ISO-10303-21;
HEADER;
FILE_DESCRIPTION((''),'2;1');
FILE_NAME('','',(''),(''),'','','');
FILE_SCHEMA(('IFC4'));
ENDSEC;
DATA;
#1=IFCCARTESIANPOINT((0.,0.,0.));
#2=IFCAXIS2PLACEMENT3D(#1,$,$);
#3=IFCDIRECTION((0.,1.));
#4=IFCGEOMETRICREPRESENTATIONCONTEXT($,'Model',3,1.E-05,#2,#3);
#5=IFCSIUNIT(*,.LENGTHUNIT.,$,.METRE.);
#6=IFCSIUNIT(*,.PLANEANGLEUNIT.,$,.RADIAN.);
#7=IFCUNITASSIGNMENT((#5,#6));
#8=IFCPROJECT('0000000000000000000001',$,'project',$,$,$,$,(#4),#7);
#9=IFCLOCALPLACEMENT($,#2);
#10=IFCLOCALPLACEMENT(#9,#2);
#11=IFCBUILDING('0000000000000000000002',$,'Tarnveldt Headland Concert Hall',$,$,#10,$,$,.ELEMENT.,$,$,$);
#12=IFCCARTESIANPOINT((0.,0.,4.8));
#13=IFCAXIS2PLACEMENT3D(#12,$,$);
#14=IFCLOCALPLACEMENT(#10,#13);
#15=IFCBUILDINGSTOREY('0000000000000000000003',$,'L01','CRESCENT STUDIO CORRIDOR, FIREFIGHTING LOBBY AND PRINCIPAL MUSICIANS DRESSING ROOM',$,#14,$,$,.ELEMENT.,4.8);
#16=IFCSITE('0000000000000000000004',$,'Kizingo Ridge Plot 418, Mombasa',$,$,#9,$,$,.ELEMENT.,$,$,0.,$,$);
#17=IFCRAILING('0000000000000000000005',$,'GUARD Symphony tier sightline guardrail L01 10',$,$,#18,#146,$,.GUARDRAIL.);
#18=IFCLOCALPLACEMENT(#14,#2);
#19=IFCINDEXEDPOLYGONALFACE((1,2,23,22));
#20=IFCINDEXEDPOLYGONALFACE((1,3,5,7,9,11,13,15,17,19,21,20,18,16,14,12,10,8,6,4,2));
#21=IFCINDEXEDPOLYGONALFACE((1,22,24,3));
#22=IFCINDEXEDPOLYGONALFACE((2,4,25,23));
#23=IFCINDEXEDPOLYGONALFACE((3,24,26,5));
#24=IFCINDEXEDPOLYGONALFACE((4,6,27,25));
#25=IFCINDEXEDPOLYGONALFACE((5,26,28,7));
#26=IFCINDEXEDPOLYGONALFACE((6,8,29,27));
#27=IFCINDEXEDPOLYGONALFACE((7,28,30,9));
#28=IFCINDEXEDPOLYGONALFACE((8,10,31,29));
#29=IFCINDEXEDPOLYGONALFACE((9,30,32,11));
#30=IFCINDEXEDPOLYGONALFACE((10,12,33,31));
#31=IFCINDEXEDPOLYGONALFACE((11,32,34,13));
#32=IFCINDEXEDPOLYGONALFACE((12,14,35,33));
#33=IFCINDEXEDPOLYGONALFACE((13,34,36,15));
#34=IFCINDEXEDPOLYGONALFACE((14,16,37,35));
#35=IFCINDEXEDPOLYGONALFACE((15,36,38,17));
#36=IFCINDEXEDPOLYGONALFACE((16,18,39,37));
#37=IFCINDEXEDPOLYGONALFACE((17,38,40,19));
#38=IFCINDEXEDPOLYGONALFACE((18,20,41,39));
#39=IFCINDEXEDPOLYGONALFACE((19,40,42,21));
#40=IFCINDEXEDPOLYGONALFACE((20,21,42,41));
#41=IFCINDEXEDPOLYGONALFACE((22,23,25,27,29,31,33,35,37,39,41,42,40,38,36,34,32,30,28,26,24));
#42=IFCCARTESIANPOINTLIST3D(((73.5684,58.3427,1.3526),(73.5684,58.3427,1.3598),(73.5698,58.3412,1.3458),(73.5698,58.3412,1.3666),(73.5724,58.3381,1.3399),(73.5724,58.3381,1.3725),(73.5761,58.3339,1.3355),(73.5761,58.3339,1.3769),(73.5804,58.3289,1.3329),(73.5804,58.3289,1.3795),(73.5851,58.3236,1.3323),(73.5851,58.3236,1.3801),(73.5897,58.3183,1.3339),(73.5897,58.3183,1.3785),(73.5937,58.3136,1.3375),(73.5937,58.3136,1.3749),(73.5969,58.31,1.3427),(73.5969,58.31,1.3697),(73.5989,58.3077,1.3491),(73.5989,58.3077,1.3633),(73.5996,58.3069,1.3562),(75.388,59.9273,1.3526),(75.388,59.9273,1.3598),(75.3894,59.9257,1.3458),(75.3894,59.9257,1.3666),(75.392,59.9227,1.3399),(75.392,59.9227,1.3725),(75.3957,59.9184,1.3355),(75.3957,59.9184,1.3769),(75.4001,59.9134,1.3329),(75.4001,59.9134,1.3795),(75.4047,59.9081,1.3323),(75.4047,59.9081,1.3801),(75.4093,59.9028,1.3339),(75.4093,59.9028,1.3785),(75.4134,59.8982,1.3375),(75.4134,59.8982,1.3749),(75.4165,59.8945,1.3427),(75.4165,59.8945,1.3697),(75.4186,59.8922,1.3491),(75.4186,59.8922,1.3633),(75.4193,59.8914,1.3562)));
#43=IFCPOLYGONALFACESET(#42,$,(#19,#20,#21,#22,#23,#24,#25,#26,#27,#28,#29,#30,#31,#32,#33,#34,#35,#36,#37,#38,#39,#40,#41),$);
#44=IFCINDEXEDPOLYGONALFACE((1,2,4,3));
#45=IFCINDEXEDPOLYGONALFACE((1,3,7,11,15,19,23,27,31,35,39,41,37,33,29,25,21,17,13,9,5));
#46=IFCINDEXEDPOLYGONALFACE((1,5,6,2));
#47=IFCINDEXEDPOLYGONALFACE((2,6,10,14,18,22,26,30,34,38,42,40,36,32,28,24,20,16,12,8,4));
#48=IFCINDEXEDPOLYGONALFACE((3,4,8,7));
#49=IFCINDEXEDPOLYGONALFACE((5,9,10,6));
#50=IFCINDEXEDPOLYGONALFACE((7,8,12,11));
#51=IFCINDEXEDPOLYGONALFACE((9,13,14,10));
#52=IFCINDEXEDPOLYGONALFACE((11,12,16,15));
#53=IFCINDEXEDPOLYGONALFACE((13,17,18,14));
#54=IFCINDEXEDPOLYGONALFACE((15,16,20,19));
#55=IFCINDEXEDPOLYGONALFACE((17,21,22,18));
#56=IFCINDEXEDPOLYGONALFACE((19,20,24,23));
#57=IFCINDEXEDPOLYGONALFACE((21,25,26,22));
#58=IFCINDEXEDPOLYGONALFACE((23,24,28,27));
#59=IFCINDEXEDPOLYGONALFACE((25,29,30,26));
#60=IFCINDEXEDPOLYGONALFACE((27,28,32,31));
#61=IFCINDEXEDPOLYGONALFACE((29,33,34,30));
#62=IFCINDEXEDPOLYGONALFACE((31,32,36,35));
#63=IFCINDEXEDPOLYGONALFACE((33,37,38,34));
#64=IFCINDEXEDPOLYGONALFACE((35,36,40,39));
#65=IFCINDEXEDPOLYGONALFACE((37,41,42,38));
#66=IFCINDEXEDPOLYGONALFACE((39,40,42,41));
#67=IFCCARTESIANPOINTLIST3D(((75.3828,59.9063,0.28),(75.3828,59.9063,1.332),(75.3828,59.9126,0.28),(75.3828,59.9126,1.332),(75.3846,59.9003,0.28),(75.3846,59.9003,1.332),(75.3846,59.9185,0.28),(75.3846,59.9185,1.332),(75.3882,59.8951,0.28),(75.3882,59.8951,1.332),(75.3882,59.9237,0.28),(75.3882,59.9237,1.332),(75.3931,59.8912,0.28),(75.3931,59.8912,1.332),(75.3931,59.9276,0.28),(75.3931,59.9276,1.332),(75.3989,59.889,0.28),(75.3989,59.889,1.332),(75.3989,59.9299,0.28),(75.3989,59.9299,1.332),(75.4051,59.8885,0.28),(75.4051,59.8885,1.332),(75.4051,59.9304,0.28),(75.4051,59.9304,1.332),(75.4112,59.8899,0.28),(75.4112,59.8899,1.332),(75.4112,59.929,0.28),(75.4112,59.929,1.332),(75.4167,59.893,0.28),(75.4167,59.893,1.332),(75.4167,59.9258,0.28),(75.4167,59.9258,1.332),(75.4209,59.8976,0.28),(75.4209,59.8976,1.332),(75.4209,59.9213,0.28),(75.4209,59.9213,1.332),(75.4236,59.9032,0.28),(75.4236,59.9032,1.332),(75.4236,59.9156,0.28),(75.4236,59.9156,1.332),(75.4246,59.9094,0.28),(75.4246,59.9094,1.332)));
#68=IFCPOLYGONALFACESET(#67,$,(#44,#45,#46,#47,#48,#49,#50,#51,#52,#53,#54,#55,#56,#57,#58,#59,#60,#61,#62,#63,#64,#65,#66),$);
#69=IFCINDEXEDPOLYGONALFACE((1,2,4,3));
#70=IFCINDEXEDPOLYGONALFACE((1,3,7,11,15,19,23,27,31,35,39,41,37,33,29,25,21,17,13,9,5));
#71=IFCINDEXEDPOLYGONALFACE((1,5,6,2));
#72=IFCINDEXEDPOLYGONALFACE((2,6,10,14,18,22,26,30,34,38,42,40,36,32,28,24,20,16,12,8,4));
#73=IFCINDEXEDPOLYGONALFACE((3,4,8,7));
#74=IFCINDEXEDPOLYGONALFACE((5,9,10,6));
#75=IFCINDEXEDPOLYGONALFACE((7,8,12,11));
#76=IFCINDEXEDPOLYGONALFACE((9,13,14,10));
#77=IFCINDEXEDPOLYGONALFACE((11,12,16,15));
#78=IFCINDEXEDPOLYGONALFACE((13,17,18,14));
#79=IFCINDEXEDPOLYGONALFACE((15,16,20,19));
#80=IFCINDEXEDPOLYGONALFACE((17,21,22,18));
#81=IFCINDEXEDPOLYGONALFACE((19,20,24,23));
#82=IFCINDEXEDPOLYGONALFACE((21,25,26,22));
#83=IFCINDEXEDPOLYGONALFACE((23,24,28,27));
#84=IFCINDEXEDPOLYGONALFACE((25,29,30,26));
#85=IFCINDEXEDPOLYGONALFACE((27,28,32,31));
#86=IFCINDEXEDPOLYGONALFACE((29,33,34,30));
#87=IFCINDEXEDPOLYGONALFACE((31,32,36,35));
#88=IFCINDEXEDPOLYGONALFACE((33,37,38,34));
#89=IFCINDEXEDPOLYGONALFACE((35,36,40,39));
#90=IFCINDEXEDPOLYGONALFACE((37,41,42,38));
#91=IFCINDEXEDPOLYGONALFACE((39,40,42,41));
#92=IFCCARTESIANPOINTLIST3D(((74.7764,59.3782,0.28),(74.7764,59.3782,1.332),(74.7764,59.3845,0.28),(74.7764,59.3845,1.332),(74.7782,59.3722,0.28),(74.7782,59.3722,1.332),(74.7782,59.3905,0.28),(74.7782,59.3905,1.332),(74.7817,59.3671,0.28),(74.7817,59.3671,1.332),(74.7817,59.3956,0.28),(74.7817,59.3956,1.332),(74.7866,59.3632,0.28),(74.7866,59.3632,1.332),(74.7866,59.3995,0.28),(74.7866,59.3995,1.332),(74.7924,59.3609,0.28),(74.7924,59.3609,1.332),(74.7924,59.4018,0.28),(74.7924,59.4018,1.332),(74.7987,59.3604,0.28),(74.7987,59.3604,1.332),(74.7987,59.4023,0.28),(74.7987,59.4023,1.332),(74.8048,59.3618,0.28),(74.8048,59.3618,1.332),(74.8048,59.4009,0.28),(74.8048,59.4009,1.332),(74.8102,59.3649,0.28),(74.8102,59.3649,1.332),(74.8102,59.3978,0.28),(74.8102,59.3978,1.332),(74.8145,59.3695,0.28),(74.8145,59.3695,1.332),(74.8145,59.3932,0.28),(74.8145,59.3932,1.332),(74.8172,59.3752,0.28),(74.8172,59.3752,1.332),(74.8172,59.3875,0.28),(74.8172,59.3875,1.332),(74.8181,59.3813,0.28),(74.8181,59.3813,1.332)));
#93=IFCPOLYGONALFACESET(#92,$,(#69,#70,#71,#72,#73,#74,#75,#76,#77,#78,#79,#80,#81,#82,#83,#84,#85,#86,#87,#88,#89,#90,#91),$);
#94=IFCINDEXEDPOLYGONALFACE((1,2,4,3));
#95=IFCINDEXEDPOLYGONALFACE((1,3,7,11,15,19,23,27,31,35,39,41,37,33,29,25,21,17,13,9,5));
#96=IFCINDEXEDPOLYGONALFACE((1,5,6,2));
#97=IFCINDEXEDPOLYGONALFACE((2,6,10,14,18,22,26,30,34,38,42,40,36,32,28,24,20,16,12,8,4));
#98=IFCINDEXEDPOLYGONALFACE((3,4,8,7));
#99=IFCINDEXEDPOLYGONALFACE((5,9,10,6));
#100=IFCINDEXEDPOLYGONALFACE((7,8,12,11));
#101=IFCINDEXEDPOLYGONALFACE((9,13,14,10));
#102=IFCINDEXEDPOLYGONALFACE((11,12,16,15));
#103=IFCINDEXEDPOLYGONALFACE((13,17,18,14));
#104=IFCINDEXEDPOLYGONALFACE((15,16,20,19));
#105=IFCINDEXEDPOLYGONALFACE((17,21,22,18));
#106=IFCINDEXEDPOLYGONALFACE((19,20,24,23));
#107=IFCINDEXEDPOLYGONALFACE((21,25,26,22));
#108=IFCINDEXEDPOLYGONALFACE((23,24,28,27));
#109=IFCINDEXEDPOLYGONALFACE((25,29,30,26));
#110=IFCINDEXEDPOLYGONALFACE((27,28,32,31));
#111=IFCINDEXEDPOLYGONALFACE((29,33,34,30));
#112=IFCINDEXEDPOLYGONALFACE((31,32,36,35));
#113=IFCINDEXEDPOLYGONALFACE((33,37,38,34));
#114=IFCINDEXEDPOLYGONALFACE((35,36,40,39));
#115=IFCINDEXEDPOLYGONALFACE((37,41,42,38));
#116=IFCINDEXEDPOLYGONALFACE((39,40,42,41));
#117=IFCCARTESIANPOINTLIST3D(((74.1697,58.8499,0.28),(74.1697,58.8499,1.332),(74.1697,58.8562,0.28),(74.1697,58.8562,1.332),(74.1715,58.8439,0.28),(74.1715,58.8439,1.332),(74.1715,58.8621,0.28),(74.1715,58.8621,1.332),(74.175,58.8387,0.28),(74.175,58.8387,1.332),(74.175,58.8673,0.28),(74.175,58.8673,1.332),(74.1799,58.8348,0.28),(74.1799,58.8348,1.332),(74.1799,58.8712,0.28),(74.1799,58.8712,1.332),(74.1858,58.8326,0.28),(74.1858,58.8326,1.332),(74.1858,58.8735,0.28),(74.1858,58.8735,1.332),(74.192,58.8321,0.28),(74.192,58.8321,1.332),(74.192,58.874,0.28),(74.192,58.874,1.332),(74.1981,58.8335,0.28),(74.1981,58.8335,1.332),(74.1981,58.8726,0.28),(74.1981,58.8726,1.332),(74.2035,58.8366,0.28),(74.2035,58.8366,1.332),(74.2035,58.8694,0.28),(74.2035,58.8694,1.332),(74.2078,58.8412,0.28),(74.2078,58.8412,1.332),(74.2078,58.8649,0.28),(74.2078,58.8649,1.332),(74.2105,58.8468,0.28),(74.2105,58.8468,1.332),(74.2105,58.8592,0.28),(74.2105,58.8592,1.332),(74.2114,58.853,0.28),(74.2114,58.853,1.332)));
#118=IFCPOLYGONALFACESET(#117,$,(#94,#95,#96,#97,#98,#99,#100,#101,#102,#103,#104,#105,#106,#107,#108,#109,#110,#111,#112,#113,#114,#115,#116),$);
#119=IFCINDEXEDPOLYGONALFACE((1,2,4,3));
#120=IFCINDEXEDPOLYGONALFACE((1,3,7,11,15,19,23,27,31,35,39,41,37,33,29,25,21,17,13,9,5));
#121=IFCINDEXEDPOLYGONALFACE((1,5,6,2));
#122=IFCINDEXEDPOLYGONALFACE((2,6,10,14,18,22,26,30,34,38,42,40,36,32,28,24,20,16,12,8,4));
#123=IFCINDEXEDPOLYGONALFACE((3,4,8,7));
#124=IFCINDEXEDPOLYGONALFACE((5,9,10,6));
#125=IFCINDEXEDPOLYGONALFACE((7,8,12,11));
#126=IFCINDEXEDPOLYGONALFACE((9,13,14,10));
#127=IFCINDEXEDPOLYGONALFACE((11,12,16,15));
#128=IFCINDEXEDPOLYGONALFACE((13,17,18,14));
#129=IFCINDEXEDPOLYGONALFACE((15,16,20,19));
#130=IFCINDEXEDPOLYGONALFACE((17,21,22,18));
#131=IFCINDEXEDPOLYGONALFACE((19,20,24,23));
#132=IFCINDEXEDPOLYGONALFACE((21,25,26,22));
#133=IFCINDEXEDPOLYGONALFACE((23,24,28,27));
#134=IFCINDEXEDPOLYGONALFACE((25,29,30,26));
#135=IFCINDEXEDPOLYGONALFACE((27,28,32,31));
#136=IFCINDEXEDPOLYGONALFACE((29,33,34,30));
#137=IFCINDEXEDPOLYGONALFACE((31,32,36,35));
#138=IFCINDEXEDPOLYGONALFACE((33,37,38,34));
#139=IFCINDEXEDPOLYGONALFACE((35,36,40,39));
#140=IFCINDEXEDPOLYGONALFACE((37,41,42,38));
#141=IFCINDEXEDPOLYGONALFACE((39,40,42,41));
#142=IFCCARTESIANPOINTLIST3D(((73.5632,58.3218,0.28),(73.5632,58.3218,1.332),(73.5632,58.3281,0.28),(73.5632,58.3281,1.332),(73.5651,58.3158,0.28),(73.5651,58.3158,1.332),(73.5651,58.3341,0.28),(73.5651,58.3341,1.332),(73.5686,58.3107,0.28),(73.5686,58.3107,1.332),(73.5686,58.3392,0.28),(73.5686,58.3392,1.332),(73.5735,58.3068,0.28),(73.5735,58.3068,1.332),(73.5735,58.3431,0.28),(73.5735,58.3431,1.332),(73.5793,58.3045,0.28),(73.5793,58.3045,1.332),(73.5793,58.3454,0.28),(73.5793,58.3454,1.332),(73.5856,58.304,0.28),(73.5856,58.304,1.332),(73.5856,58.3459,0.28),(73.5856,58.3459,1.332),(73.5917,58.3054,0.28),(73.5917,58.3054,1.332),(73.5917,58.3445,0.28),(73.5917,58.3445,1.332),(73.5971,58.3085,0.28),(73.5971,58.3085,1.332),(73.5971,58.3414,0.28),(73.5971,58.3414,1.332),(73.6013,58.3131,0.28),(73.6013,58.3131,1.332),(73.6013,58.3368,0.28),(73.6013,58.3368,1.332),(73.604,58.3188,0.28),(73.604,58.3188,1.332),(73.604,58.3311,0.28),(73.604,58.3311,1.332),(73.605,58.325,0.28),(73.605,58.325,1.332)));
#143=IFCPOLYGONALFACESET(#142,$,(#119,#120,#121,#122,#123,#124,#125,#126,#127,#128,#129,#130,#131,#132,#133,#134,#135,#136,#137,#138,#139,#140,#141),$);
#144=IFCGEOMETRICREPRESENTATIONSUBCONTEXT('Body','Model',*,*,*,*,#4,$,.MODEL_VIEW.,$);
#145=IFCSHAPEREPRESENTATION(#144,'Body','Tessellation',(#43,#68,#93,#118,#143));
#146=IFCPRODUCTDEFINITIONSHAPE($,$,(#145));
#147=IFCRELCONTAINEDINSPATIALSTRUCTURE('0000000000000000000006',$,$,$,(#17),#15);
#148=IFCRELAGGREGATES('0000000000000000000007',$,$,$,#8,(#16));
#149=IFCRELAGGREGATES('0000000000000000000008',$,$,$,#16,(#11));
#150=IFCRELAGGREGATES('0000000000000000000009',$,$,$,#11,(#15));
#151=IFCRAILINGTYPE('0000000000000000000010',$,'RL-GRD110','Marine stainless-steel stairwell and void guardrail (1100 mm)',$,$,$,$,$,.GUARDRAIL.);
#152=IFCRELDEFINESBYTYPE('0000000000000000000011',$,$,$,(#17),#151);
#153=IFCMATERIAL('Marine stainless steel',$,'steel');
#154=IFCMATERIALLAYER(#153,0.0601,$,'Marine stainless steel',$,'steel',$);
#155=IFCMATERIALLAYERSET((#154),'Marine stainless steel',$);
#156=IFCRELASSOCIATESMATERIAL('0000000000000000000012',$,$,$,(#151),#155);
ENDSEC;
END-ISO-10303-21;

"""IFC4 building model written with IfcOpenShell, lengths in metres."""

from ifc_helpers import new_model, si_unit, direction, frame, origin, origin_2d, place, context, subcontext, project, spatial, circle, extrude, material, layer, layer_set, type_object, element, save


model = new_model("IFC4")

# Units and contexts
model_context = context("Model", 3, precision=1e-05, world=origin(), true_north=direction((0.0, 1.0)))
body_context = subcontext(model_context, "Body", "Model", "MODEL_VIEW")
ifc_project = project(units=[si_unit("LENGTHUNIT", "METRE"), si_unit("PLANEANGLEUNIT", "RADIAN")], contexts=[model_context])

# Site, building, storey
site_placement = place(None, origin())
site = spatial("IfcSite", under=ifc_project, at=site_placement, Name="Kizingo Ridge Plot 418, Mombasa", CompositionType="ELEMENT", RefElevation=0.0)
building_placement = place(site_placement, origin())
building = spatial("IfcBuilding", under=site, at=building_placement, Name="Tarnveldt Headland Concert Hall", CompositionType="ELEMENT")
storey_placement = place(building_placement, frame((0.0, 0.0, 4.8)))
storey = spatial("IfcBuildingStorey", under=building, at=storey_placement, Name="L01", Description="CRESCENT STUDIO CORRIDOR, FIREFIGHTING LOBBY AND PRINCIPAL MUSICIANS DRESSING ROOM", CompositionType="ELEMENT", Elevation=4.8)

# Railing
ifc_material_1 = material(Name="Marine stainless steel", Category="steel")
ifc_layer_1 = layer(ifc_material_1, 0.0601, Name="Marine stainless steel", Category="steel")
ifc_layer_set_1 = layer_set([ifc_layer_1], Name="Marine stainless steel")
railing_type = type_object("IfcRailingType", Name="RL-GRD110", Description="Marine stainless-steel stairwell and void guardrail (1100 mm)", PredefinedType="GUARDRAIL", material=ifc_layer_set_1)
railing_1_placement = place(storey_placement, frame((75.4036, 59.9094, 0.28)))
element("IfcRailing", 1, at=railing_1_placement, inside=storey, type_object=railing_type, Name="GUARD Symphony tier sightline guardrail L01 10", PredefinedType="GUARDRAIL", context=body_context, shape_type="SweptSolid", body=[
    extrude(circle(Radius=0.0239, at=origin_2d()), frame((0.0, 0.0, 1.0762), z_axis=(-0.754148, -0.656705, 0.0), x_axis=(0.656705, -0.754148, 0.0)), (0.0, 0.0, 1.0), 2.4128),
    extrude(circle(Radius=0.021, at=origin_2d()), origin(), (0.0, 0.0, 1.0), 1.052),
    extrude(circle(Radius=0.021, at=origin_2d()), frame((-0.6064, -0.5281, 0.0)), (0.0, 0.0, 1.0), 1.052),
    extrude(circle(Radius=0.021, at=origin_2d()), frame((-1.2131, -1.0564, 0.0)), (0.0, 0.0, 1.0), 1.052),
    extrude(circle(Radius=0.021, at=origin_2d()), frame((-1.8196, -1.5845, 0.0)), (0.0, 0.0, 1.0), 1.052),
])

save(model, "model.ifc")
